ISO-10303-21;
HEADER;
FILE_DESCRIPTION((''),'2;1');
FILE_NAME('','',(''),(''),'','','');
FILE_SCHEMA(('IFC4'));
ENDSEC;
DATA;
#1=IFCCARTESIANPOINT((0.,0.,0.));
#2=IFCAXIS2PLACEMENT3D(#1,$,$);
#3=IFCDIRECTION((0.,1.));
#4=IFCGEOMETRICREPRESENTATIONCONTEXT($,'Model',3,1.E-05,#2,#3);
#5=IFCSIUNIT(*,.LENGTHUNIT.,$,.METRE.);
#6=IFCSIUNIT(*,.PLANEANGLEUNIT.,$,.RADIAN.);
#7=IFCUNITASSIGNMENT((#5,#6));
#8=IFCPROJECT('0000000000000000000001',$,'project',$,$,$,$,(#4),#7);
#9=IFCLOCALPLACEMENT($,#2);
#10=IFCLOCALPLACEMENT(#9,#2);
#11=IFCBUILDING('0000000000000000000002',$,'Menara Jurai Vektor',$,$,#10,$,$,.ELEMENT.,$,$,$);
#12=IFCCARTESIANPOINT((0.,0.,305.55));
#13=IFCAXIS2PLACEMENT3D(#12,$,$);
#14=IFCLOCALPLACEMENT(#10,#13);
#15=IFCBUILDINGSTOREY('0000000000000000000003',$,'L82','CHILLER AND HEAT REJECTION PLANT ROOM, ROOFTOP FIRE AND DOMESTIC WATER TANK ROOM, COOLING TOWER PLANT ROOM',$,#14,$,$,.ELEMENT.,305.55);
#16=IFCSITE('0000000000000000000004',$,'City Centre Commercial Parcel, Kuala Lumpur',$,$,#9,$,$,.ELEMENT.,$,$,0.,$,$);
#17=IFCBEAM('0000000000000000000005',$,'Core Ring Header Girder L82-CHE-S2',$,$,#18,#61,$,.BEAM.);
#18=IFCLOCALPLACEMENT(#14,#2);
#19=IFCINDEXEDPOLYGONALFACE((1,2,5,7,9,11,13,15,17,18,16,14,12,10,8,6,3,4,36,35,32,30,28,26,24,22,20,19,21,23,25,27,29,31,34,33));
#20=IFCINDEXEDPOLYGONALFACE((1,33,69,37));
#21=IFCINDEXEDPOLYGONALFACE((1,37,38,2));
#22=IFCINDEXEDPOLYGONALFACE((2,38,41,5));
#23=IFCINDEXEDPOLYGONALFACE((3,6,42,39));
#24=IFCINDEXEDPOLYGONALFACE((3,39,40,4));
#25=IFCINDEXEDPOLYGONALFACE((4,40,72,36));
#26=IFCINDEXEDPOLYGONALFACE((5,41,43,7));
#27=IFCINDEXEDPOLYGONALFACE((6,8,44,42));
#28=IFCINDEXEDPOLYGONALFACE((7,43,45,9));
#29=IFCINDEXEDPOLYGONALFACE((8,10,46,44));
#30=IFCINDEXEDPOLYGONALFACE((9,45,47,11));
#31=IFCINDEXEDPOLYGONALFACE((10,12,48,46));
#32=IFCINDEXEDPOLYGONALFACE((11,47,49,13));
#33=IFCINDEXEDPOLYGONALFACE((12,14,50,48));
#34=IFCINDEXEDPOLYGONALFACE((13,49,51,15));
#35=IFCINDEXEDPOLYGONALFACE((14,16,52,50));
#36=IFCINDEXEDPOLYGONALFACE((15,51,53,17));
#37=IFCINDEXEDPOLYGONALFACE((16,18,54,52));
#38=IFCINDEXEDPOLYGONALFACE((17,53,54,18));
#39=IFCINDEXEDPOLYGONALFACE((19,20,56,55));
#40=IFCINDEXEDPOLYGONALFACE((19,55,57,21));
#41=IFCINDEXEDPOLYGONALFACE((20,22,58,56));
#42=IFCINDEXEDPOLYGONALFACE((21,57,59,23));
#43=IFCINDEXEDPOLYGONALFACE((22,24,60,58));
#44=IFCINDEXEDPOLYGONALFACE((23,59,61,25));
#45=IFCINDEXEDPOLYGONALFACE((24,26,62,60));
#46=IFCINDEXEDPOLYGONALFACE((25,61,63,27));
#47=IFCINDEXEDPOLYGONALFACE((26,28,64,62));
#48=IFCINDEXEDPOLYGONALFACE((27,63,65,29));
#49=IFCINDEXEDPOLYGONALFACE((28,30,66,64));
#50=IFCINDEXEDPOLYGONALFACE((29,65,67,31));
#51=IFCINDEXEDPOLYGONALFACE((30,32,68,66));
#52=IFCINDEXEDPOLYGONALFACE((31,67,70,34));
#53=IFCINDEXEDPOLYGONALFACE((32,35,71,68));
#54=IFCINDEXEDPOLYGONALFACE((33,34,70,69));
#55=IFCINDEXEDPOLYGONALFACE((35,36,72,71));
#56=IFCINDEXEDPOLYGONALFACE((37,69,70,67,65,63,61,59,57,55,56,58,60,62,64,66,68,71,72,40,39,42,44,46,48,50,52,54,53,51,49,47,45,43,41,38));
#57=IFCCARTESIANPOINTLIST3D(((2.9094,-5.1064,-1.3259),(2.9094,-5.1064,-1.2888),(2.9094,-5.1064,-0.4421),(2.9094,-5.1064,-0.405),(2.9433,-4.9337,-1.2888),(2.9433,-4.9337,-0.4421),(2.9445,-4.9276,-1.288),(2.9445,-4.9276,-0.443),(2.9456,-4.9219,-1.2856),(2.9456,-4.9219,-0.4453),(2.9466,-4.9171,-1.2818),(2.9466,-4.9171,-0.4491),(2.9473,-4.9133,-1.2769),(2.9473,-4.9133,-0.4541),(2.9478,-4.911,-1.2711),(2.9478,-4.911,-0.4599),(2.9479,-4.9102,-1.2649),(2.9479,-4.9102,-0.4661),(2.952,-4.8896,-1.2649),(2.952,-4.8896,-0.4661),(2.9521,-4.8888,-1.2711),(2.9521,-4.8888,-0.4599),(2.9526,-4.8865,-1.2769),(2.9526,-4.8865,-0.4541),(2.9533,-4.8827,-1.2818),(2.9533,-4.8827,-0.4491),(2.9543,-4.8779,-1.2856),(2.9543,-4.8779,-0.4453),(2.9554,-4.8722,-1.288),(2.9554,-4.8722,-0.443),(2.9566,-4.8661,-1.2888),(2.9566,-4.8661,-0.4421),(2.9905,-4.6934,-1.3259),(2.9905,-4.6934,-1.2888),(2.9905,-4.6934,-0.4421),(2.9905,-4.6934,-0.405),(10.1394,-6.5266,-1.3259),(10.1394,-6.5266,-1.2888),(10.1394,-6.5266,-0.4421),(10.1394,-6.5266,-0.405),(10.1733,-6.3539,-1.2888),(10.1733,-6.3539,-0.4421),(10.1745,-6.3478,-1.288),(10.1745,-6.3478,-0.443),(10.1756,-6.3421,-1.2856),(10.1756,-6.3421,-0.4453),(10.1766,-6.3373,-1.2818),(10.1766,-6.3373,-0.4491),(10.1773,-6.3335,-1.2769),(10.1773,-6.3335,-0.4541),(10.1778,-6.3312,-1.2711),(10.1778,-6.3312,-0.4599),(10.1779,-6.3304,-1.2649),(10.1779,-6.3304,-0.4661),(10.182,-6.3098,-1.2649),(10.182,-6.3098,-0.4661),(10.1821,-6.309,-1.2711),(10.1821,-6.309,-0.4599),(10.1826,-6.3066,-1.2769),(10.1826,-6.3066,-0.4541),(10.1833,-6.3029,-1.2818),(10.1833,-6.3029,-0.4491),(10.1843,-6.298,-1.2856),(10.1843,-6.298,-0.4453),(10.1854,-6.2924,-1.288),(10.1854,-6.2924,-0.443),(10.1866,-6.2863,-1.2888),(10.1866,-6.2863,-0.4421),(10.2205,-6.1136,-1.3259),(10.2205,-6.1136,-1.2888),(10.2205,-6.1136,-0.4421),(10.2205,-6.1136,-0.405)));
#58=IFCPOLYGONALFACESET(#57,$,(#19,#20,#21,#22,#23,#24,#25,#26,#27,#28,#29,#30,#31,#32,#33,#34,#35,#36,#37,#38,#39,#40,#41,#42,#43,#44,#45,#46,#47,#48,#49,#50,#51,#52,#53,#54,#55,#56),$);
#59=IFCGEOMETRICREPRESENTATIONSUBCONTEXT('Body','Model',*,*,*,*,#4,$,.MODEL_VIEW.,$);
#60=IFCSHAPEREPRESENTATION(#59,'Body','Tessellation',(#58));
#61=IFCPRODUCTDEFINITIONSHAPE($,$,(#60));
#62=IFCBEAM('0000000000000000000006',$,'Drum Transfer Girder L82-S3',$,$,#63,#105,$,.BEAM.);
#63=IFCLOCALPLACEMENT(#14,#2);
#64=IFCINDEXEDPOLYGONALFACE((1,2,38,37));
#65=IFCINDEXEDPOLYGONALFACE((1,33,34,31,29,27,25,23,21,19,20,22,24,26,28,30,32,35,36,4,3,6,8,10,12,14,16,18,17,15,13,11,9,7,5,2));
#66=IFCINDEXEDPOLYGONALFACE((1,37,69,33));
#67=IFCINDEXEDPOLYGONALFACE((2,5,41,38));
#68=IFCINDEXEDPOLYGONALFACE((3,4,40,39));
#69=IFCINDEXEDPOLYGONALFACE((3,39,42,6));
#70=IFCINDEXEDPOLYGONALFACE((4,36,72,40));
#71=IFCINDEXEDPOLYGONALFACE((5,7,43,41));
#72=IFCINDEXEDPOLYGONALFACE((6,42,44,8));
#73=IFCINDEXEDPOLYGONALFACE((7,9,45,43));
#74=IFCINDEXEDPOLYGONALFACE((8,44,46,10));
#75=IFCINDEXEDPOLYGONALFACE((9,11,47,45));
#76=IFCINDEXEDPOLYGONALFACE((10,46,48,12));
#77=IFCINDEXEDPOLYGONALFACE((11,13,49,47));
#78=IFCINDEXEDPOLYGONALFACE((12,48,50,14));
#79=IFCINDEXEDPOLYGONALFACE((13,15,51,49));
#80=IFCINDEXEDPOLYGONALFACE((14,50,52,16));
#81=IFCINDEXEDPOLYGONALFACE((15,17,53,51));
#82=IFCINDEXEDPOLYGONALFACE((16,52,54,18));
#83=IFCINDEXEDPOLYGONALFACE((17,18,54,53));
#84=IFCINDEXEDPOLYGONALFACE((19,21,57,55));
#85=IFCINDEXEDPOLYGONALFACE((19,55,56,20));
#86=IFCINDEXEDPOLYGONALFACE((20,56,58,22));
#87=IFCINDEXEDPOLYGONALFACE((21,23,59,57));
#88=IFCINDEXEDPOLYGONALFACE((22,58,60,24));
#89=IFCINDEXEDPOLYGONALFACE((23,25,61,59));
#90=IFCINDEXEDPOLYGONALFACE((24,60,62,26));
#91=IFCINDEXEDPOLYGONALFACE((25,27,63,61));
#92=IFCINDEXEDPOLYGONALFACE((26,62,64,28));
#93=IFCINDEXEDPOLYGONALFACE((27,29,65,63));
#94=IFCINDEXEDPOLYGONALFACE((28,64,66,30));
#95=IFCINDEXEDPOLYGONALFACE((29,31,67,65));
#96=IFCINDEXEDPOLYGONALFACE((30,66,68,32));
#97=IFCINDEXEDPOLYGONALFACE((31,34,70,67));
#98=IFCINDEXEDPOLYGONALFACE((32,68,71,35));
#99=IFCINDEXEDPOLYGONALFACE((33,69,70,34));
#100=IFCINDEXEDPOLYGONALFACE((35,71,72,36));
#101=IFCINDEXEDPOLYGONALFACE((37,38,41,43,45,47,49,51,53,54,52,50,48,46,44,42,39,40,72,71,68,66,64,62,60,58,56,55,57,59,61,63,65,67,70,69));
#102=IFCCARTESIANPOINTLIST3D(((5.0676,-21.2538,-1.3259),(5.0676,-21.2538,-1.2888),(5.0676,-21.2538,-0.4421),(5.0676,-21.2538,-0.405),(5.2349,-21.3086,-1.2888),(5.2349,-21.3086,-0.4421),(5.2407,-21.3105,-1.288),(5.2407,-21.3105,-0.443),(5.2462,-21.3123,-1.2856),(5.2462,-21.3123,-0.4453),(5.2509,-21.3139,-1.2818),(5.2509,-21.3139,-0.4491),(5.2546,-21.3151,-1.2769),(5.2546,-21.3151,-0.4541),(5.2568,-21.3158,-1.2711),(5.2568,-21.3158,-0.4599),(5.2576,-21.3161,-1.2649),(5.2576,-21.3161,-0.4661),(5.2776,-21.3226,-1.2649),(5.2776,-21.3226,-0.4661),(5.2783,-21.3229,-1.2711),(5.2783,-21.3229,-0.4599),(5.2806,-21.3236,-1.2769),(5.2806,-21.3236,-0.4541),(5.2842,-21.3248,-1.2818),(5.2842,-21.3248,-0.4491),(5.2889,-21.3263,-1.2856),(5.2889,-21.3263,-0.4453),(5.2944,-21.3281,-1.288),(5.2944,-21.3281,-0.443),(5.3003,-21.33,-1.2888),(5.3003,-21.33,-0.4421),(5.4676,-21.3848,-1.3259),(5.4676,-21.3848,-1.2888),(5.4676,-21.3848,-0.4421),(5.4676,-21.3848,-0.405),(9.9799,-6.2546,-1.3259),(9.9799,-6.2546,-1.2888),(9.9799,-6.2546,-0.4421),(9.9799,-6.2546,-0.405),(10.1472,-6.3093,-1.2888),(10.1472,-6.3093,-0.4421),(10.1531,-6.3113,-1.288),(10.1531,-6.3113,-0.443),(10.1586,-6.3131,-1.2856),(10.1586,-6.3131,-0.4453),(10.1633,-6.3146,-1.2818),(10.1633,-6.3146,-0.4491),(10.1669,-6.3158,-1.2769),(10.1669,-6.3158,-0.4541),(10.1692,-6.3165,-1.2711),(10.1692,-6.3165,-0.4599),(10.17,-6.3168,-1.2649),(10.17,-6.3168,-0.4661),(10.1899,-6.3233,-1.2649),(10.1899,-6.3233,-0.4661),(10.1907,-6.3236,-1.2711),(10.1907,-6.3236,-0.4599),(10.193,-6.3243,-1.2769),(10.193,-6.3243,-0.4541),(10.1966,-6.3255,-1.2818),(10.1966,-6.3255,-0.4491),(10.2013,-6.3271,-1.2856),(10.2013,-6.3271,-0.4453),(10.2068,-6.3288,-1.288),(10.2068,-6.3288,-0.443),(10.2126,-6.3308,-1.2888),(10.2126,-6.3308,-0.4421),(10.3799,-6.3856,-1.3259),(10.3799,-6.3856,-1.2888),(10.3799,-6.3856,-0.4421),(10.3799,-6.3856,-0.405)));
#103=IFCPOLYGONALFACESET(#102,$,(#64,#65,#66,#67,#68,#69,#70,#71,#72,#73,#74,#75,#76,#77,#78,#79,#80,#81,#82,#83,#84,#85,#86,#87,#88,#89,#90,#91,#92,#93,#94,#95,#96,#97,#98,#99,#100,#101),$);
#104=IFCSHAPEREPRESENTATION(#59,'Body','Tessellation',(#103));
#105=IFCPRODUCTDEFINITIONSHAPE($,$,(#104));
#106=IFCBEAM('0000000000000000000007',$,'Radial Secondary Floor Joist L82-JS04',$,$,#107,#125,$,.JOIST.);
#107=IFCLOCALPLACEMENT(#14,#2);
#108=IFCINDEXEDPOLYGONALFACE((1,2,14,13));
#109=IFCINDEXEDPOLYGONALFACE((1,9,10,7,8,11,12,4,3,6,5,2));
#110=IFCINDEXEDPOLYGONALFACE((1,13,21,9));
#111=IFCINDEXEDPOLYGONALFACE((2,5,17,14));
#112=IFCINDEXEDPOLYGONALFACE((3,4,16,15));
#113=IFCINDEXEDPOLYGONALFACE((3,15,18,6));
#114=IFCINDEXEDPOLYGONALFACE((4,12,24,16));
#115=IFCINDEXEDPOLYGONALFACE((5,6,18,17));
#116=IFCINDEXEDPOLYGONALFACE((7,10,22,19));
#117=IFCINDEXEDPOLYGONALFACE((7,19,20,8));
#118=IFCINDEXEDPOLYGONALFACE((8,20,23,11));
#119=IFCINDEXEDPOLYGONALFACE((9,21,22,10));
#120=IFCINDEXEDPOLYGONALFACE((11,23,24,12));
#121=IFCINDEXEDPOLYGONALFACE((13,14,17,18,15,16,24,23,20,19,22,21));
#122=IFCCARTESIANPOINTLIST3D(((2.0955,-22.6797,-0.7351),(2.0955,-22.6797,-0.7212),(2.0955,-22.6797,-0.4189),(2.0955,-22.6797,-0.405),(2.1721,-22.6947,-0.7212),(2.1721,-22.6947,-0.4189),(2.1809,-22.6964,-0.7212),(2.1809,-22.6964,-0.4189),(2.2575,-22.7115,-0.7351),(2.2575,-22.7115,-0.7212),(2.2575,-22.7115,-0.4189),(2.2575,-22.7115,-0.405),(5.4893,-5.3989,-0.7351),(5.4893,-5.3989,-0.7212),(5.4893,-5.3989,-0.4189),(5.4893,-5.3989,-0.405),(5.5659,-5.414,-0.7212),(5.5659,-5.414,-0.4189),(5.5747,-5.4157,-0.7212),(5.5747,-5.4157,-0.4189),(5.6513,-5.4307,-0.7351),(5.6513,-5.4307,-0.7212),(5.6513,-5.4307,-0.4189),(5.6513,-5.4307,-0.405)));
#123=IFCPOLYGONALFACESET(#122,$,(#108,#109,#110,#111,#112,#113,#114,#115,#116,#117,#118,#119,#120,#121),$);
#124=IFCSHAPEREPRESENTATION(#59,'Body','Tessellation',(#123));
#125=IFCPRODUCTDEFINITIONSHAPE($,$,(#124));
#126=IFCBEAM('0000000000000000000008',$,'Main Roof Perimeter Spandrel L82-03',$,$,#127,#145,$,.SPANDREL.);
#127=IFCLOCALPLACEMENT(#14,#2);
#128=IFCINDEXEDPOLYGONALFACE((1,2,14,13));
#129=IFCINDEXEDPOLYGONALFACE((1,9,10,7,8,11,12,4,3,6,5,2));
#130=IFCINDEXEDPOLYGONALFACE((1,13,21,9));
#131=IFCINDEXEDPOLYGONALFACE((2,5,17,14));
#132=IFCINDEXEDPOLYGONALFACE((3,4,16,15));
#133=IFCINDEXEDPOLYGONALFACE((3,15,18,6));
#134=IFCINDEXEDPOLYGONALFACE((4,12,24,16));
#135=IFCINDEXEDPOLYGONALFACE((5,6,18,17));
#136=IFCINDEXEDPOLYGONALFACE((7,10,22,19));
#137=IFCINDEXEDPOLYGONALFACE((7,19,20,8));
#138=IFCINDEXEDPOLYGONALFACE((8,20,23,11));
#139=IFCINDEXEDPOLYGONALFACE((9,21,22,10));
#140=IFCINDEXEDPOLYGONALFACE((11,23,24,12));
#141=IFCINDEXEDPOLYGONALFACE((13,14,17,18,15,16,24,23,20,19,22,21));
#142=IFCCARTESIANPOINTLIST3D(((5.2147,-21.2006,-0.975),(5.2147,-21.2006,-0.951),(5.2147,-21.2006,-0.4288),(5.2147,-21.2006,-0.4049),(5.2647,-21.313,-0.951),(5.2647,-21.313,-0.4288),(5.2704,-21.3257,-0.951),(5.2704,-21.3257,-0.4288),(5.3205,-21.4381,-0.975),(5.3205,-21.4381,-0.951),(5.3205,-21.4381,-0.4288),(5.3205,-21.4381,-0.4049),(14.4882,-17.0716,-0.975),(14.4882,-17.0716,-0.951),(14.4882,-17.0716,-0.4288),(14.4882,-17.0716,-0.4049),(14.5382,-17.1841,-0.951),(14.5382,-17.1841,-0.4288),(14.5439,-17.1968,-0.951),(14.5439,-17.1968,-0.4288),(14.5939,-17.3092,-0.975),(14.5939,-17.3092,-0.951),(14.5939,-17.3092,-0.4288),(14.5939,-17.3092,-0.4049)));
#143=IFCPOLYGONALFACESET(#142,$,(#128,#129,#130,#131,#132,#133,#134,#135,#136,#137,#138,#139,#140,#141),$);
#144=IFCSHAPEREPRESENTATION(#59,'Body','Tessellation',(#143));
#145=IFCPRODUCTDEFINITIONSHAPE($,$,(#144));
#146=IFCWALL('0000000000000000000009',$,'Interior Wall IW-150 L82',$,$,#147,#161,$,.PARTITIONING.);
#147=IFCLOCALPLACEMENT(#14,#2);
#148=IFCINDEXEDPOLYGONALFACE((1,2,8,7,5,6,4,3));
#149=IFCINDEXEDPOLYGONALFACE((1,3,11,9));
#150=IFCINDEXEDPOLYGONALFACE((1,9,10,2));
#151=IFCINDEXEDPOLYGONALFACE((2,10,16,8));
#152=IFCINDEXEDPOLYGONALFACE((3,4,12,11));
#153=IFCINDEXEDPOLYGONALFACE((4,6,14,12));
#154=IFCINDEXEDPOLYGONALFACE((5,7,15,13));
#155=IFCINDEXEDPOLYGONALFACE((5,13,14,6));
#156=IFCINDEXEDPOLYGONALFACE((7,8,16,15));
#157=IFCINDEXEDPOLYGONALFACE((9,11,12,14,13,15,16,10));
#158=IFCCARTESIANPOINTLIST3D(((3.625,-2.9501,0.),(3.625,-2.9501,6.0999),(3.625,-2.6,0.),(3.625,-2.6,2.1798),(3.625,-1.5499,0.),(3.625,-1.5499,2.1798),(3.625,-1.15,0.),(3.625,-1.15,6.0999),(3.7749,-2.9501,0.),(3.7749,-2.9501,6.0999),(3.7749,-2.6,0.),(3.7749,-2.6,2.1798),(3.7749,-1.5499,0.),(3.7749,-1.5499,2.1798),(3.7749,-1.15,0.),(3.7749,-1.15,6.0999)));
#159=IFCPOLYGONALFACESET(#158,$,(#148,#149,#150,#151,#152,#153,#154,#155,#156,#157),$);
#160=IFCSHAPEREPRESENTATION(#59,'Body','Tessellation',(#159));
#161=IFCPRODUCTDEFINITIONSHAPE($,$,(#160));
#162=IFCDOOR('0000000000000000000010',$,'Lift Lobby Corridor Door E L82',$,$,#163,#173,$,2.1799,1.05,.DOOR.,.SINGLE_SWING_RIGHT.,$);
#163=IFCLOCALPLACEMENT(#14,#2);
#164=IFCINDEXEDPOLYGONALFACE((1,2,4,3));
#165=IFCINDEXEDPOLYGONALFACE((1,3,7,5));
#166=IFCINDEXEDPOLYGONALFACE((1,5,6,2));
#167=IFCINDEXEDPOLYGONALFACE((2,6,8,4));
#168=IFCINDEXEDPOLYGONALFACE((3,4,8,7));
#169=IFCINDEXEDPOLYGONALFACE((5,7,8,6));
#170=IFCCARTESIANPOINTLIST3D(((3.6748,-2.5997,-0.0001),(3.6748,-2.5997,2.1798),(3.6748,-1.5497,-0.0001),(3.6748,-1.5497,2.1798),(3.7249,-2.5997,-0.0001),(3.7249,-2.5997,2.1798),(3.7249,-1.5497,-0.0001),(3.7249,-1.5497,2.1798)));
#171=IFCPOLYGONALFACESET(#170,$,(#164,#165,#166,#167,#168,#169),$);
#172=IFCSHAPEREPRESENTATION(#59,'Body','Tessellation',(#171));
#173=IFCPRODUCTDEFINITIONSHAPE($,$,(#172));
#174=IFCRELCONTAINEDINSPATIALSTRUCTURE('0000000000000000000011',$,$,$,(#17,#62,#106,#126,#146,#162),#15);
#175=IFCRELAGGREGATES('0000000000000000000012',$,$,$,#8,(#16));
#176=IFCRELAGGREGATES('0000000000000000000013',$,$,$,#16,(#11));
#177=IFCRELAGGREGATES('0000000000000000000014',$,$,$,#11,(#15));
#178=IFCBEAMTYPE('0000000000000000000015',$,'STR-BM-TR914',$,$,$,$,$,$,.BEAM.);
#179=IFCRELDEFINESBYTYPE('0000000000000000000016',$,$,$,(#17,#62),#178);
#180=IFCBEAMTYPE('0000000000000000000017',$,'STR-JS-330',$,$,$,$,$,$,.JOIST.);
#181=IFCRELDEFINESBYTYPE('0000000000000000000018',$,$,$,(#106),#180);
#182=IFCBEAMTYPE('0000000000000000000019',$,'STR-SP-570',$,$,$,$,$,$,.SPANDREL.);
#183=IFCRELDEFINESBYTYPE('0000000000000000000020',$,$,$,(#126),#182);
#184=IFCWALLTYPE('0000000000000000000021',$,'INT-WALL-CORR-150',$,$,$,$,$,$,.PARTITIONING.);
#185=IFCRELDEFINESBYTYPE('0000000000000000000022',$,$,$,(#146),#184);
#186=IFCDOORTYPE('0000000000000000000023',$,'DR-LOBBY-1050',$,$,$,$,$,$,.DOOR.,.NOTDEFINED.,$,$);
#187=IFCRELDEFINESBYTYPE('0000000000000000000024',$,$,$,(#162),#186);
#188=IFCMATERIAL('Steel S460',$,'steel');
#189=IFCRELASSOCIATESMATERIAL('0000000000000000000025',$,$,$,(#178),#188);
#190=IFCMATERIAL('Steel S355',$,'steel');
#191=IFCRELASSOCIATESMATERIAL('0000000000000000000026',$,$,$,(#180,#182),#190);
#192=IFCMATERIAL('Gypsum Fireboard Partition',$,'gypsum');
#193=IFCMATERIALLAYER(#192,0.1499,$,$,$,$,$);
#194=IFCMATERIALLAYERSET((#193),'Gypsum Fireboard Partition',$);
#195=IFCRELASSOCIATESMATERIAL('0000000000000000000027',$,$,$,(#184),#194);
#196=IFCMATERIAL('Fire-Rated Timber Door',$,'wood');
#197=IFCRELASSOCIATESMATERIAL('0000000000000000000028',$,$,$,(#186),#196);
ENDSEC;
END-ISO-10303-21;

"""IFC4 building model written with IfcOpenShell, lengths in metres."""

from ifc_helpers import new_model, si_unit, direction, frame, frame_2d, origin, origin_2d, place, context, subcontext, project, spatial, rectangle, i_section, extrude, material, layer, layer_set, material_profile, profile_set, type_object, element, fill, save


model = new_model("IFC4")

# Units and contexts
model_context = context("Model", 3, precision=1e-05, world=origin(), true_north=direction((0.0, 1.0)))
body_context = subcontext(model_context, "Body", "Model", "MODEL_VIEW")
ifc_project = project(units=[si_unit("LENGTHUNIT", "METRE"), si_unit("PLANEANGLEUNIT", "RADIAN")], contexts=[model_context])

# Site, building, storey
site_placement = place(None, origin())
site = spatial("IfcSite", under=ifc_project, at=site_placement, Name="City Centre Commercial Parcel, Kuala Lumpur", CompositionType="ELEMENT", RefElevation=0.0)
building_placement = place(site_placement, origin())
building = spatial("IfcBuilding", under=site, at=building_placement, Name="Menara Jurai Vektor", CompositionType="ELEMENT")
storey_placement = place(building_placement, frame((0.0, 0.0, 305.55)))
storey = spatial("IfcBuildingStorey", under=building, at=storey_placement, Name="L82", Description="CHILLER AND HEAT REJECTION PLANT ROOM, ROOFTOP FIRE AND DOMESTIC WATER TANK ROOM, COOLING TOWER PLANT ROOM", CompositionType="ELEMENT", Elevation=305.55)

# Shared definitions
ifc_material_1 = material(Name="Steel S460", Category="steel")

# Beams
ifc_material_profile_1 = material_profile(ifc_material_1, i_section(OverallWidth=0.4209, OverallDepth=0.9209, WebThickness=0.021, FlangeThickness=0.0371, FilletRadius=0.0239, at=origin_2d()), Name="UKB 914x419x388")
ifc_profile_set_1 = profile_set([ifc_material_profile_1], Name="Steel S460")
beam_type_1 = type_object("IfcBeamType", Name="STR-BM-TR914", PredefinedType="BEAM", material=ifc_profile_set_1)
beam_1_placement = place(storey_placement, frame((2.95, -4.8999, -0.8655), z_axis=(0.981249, -0.192744, 0.0), x_axis=(0.192744, 0.981249, 0.0)))
element("IfcBeam", 1, at=beam_1_placement, inside=storey, type_object=beam_type_1, Name="Core Ring Header Girder L82-CHE-S2", PredefinedType="BEAM", context=body_context, shape_type="SweptSolid", body=[
    extrude(i_section(OverallWidth=0.4209, OverallDepth=0.9209, WebThickness=0.021, FlangeThickness=0.0371, FilletRadius=0.0239, at=origin_2d()), origin(), (0.0, 0.0, 1.0), 7.3682),
])
beam_2_placement = place(storey_placement, frame((5.2676, -21.3193, -0.8655), z_axis=(0.311239, 0.950332, 0.0), x_axis=(-0.950332, 0.311239, 0.0)))
element("IfcBeam", 2, at=beam_2_placement, inside=storey, type_object=beam_type_1, Name="Drum Transfer Girder L82-S3", PredefinedType="BEAM", context=body_context, shape_type="SweptSolid", body=[
    extrude(i_section(OverallWidth=0.4209, OverallDepth=0.9209, WebThickness=0.021, FlangeThickness=0.0371, FilletRadius=0.0239, at=origin_2d()), origin(), (0.0, 0.0, 1.0), 15.7832),
])
ifc_material_2 = material(Name="Steel S355", Category="steel")
ifc_material_profile_2 = material_profile(ifc_material_2, i_section(OverallWidth=0.165, OverallDepth=0.3301, WebThickness=0.009, FlangeThickness=0.0139, at=origin_2d()), Name="PG 330x165x46")
ifc_profile_set_2 = profile_set([ifc_material_profile_2], Name="Steel S355")
beam_type_2 = type_object("IfcBeamType", Name="STR-JS-330", PredefinedType="JOIST", material=ifc_profile_set_2)
beam_3_placement = place(storey_placement, frame((2.1765, -22.6956, -0.5701), z_axis=(0.192711, 0.981256, 0.0), x_axis=(-0.981256, 0.192711, 0.0)))
element("IfcBeam", 3, at=beam_3_placement, inside=storey, type_object=beam_type_2, Name="Radial Secondary Floor Joist L82-JS04", PredefinedType="JOIST", context=body_context, shape_type="SweptSolid", body=[
    extrude(i_section(OverallWidth=0.165, OverallDepth=0.3301, WebThickness=0.009, FlangeThickness=0.0139, at=origin_2d()), origin(), (0.0, 0.0, 1.0), 17.6108),
])
ifc_material_profile_3 = material_profile(ifc_material_2, i_section(OverallWidth=0.26, OverallDepth=0.5701, WebThickness=0.0139, FlangeThickness=0.0239, at=origin_2d()), Name="PG 570x260x145")
ifc_profile_set_3 = profile_set([ifc_material_profile_3], Name="Steel S355")
beam_type_3 = type_object("IfcBeamType", Name="STR-SP-570", PredefinedType="SPANDREL", material=ifc_profile_set_3)
beam_4_placement = place(storey_placement, frame((5.2676, -21.3193, -0.6899), z_axis=(0.913542, 0.406745, 0.0), x_axis=(-0.406745, 0.913542, 0.0)))
element("IfcBeam", 4, at=beam_4_placement, inside=storey, type_object=beam_type_3, Name="Main Roof Perimeter Spandrel L82-03", PredefinedType="SPANDREL", context=body_context, shape_type="SweptSolid", body=[
    extrude(i_section(OverallWidth=0.26, OverallDepth=0.5701, WebThickness=0.0139, FlangeThickness=0.0239, at=origin_2d()), origin(), (0.0, 0.0, 1.0), 10.1511),
])

# Wall, opening, door
ifc_material_3 = material(Name="Gypsum Fireboard Partition", Category="gypsum")
ifc_layer_1 = layer(ifc_material_3, 0.1499)
ifc_layer_set_1 = layer_set([ifc_layer_1], Name="Gypsum Fireboard Partition")
wall_type_1 = type_object("IfcWallType", Name="INT-WALL-CORR-150", PredefinedType="PARTITIONING", material=ifc_layer_set_1)
wall_1_placement = place(storey_placement, frame((3.7, -2.95, 0.0), z_axis=(0.0, 0.0, 1.0), x_axis=(0.0, 1.0, 0.0)))
wall_1 = element("IfcWall", 5, at=wall_1_placement, inside=storey, type_object=wall_type_1, Name="Interior Wall IW-150 L82", PredefinedType="PARTITIONING", context=body_context, shape_type="SweptSolid", body=[
    extrude(rectangle(XDim=1.8, YDim=0.1499, at=frame_2d((0.8999, 0.0))), origin(), (0.0, 0.0, 1.0), 6.0999),
])
opening_1_placement = place(wall_1_placement, frame((0.3501, 0.0, 0.0)))
opening_1 = element("IfcOpeningElement", 6, at=opening_1_placement, cuts=wall_1, PredefinedType="OPENING", context=body_context, shape_type="SweptSolid", body=[
    extrude(rectangle(XDim=1.05, YDim=2.1799, at=frame_2d((0.5249, 1.0898))), frame((0.0, 0.085, 0.0), z_axis=(0.0, -1.0, 0.0), x_axis=(1.0, 0.0, 0.0)), (0.0, 0.0, 1.0), 0.1699),
])
ifc_material_4 = material(Name="Fire-Rated Timber Door", Category="wood")
door_type_1 = type_object("IfcDoorType", Name="DR-LOBBY-1050", OperationType="NOTDEFINED", PredefinedType="DOOR", material=ifc_material_4)
door_1_placement = place(opening_1_placement, frame((1.05, 0.0, 0.0), z_axis=(0.0, 0.0, 1.0), x_axis=(-1.0, 0.0, 0.0)))
door_1 = element("IfcDoor", 7, at=door_1_placement, inside=storey, type_object=door_type_1, Name="Lift Lobby Corridor Door E L82", OperationType="SINGLE_SWING_RIGHT", OverallHeight=2.1799, OverallWidth=1.05, PredefinedType="DOOR", context=body_context, shape_type="SweptSolid", body=[
    extrude(rectangle(XDim=1.05, YDim=2.1799, at=frame_2d((0.5249, 1.0898))), frame((0.0, 0.0249, 0.0), z_axis=(0.0, -1.0, 0.0), x_axis=(1.0, 0.0, 0.0)), (0.0, 0.0, 1.0), 0.05),
])
fill(opening_1, door_1)

save(model, "model.ifc")
